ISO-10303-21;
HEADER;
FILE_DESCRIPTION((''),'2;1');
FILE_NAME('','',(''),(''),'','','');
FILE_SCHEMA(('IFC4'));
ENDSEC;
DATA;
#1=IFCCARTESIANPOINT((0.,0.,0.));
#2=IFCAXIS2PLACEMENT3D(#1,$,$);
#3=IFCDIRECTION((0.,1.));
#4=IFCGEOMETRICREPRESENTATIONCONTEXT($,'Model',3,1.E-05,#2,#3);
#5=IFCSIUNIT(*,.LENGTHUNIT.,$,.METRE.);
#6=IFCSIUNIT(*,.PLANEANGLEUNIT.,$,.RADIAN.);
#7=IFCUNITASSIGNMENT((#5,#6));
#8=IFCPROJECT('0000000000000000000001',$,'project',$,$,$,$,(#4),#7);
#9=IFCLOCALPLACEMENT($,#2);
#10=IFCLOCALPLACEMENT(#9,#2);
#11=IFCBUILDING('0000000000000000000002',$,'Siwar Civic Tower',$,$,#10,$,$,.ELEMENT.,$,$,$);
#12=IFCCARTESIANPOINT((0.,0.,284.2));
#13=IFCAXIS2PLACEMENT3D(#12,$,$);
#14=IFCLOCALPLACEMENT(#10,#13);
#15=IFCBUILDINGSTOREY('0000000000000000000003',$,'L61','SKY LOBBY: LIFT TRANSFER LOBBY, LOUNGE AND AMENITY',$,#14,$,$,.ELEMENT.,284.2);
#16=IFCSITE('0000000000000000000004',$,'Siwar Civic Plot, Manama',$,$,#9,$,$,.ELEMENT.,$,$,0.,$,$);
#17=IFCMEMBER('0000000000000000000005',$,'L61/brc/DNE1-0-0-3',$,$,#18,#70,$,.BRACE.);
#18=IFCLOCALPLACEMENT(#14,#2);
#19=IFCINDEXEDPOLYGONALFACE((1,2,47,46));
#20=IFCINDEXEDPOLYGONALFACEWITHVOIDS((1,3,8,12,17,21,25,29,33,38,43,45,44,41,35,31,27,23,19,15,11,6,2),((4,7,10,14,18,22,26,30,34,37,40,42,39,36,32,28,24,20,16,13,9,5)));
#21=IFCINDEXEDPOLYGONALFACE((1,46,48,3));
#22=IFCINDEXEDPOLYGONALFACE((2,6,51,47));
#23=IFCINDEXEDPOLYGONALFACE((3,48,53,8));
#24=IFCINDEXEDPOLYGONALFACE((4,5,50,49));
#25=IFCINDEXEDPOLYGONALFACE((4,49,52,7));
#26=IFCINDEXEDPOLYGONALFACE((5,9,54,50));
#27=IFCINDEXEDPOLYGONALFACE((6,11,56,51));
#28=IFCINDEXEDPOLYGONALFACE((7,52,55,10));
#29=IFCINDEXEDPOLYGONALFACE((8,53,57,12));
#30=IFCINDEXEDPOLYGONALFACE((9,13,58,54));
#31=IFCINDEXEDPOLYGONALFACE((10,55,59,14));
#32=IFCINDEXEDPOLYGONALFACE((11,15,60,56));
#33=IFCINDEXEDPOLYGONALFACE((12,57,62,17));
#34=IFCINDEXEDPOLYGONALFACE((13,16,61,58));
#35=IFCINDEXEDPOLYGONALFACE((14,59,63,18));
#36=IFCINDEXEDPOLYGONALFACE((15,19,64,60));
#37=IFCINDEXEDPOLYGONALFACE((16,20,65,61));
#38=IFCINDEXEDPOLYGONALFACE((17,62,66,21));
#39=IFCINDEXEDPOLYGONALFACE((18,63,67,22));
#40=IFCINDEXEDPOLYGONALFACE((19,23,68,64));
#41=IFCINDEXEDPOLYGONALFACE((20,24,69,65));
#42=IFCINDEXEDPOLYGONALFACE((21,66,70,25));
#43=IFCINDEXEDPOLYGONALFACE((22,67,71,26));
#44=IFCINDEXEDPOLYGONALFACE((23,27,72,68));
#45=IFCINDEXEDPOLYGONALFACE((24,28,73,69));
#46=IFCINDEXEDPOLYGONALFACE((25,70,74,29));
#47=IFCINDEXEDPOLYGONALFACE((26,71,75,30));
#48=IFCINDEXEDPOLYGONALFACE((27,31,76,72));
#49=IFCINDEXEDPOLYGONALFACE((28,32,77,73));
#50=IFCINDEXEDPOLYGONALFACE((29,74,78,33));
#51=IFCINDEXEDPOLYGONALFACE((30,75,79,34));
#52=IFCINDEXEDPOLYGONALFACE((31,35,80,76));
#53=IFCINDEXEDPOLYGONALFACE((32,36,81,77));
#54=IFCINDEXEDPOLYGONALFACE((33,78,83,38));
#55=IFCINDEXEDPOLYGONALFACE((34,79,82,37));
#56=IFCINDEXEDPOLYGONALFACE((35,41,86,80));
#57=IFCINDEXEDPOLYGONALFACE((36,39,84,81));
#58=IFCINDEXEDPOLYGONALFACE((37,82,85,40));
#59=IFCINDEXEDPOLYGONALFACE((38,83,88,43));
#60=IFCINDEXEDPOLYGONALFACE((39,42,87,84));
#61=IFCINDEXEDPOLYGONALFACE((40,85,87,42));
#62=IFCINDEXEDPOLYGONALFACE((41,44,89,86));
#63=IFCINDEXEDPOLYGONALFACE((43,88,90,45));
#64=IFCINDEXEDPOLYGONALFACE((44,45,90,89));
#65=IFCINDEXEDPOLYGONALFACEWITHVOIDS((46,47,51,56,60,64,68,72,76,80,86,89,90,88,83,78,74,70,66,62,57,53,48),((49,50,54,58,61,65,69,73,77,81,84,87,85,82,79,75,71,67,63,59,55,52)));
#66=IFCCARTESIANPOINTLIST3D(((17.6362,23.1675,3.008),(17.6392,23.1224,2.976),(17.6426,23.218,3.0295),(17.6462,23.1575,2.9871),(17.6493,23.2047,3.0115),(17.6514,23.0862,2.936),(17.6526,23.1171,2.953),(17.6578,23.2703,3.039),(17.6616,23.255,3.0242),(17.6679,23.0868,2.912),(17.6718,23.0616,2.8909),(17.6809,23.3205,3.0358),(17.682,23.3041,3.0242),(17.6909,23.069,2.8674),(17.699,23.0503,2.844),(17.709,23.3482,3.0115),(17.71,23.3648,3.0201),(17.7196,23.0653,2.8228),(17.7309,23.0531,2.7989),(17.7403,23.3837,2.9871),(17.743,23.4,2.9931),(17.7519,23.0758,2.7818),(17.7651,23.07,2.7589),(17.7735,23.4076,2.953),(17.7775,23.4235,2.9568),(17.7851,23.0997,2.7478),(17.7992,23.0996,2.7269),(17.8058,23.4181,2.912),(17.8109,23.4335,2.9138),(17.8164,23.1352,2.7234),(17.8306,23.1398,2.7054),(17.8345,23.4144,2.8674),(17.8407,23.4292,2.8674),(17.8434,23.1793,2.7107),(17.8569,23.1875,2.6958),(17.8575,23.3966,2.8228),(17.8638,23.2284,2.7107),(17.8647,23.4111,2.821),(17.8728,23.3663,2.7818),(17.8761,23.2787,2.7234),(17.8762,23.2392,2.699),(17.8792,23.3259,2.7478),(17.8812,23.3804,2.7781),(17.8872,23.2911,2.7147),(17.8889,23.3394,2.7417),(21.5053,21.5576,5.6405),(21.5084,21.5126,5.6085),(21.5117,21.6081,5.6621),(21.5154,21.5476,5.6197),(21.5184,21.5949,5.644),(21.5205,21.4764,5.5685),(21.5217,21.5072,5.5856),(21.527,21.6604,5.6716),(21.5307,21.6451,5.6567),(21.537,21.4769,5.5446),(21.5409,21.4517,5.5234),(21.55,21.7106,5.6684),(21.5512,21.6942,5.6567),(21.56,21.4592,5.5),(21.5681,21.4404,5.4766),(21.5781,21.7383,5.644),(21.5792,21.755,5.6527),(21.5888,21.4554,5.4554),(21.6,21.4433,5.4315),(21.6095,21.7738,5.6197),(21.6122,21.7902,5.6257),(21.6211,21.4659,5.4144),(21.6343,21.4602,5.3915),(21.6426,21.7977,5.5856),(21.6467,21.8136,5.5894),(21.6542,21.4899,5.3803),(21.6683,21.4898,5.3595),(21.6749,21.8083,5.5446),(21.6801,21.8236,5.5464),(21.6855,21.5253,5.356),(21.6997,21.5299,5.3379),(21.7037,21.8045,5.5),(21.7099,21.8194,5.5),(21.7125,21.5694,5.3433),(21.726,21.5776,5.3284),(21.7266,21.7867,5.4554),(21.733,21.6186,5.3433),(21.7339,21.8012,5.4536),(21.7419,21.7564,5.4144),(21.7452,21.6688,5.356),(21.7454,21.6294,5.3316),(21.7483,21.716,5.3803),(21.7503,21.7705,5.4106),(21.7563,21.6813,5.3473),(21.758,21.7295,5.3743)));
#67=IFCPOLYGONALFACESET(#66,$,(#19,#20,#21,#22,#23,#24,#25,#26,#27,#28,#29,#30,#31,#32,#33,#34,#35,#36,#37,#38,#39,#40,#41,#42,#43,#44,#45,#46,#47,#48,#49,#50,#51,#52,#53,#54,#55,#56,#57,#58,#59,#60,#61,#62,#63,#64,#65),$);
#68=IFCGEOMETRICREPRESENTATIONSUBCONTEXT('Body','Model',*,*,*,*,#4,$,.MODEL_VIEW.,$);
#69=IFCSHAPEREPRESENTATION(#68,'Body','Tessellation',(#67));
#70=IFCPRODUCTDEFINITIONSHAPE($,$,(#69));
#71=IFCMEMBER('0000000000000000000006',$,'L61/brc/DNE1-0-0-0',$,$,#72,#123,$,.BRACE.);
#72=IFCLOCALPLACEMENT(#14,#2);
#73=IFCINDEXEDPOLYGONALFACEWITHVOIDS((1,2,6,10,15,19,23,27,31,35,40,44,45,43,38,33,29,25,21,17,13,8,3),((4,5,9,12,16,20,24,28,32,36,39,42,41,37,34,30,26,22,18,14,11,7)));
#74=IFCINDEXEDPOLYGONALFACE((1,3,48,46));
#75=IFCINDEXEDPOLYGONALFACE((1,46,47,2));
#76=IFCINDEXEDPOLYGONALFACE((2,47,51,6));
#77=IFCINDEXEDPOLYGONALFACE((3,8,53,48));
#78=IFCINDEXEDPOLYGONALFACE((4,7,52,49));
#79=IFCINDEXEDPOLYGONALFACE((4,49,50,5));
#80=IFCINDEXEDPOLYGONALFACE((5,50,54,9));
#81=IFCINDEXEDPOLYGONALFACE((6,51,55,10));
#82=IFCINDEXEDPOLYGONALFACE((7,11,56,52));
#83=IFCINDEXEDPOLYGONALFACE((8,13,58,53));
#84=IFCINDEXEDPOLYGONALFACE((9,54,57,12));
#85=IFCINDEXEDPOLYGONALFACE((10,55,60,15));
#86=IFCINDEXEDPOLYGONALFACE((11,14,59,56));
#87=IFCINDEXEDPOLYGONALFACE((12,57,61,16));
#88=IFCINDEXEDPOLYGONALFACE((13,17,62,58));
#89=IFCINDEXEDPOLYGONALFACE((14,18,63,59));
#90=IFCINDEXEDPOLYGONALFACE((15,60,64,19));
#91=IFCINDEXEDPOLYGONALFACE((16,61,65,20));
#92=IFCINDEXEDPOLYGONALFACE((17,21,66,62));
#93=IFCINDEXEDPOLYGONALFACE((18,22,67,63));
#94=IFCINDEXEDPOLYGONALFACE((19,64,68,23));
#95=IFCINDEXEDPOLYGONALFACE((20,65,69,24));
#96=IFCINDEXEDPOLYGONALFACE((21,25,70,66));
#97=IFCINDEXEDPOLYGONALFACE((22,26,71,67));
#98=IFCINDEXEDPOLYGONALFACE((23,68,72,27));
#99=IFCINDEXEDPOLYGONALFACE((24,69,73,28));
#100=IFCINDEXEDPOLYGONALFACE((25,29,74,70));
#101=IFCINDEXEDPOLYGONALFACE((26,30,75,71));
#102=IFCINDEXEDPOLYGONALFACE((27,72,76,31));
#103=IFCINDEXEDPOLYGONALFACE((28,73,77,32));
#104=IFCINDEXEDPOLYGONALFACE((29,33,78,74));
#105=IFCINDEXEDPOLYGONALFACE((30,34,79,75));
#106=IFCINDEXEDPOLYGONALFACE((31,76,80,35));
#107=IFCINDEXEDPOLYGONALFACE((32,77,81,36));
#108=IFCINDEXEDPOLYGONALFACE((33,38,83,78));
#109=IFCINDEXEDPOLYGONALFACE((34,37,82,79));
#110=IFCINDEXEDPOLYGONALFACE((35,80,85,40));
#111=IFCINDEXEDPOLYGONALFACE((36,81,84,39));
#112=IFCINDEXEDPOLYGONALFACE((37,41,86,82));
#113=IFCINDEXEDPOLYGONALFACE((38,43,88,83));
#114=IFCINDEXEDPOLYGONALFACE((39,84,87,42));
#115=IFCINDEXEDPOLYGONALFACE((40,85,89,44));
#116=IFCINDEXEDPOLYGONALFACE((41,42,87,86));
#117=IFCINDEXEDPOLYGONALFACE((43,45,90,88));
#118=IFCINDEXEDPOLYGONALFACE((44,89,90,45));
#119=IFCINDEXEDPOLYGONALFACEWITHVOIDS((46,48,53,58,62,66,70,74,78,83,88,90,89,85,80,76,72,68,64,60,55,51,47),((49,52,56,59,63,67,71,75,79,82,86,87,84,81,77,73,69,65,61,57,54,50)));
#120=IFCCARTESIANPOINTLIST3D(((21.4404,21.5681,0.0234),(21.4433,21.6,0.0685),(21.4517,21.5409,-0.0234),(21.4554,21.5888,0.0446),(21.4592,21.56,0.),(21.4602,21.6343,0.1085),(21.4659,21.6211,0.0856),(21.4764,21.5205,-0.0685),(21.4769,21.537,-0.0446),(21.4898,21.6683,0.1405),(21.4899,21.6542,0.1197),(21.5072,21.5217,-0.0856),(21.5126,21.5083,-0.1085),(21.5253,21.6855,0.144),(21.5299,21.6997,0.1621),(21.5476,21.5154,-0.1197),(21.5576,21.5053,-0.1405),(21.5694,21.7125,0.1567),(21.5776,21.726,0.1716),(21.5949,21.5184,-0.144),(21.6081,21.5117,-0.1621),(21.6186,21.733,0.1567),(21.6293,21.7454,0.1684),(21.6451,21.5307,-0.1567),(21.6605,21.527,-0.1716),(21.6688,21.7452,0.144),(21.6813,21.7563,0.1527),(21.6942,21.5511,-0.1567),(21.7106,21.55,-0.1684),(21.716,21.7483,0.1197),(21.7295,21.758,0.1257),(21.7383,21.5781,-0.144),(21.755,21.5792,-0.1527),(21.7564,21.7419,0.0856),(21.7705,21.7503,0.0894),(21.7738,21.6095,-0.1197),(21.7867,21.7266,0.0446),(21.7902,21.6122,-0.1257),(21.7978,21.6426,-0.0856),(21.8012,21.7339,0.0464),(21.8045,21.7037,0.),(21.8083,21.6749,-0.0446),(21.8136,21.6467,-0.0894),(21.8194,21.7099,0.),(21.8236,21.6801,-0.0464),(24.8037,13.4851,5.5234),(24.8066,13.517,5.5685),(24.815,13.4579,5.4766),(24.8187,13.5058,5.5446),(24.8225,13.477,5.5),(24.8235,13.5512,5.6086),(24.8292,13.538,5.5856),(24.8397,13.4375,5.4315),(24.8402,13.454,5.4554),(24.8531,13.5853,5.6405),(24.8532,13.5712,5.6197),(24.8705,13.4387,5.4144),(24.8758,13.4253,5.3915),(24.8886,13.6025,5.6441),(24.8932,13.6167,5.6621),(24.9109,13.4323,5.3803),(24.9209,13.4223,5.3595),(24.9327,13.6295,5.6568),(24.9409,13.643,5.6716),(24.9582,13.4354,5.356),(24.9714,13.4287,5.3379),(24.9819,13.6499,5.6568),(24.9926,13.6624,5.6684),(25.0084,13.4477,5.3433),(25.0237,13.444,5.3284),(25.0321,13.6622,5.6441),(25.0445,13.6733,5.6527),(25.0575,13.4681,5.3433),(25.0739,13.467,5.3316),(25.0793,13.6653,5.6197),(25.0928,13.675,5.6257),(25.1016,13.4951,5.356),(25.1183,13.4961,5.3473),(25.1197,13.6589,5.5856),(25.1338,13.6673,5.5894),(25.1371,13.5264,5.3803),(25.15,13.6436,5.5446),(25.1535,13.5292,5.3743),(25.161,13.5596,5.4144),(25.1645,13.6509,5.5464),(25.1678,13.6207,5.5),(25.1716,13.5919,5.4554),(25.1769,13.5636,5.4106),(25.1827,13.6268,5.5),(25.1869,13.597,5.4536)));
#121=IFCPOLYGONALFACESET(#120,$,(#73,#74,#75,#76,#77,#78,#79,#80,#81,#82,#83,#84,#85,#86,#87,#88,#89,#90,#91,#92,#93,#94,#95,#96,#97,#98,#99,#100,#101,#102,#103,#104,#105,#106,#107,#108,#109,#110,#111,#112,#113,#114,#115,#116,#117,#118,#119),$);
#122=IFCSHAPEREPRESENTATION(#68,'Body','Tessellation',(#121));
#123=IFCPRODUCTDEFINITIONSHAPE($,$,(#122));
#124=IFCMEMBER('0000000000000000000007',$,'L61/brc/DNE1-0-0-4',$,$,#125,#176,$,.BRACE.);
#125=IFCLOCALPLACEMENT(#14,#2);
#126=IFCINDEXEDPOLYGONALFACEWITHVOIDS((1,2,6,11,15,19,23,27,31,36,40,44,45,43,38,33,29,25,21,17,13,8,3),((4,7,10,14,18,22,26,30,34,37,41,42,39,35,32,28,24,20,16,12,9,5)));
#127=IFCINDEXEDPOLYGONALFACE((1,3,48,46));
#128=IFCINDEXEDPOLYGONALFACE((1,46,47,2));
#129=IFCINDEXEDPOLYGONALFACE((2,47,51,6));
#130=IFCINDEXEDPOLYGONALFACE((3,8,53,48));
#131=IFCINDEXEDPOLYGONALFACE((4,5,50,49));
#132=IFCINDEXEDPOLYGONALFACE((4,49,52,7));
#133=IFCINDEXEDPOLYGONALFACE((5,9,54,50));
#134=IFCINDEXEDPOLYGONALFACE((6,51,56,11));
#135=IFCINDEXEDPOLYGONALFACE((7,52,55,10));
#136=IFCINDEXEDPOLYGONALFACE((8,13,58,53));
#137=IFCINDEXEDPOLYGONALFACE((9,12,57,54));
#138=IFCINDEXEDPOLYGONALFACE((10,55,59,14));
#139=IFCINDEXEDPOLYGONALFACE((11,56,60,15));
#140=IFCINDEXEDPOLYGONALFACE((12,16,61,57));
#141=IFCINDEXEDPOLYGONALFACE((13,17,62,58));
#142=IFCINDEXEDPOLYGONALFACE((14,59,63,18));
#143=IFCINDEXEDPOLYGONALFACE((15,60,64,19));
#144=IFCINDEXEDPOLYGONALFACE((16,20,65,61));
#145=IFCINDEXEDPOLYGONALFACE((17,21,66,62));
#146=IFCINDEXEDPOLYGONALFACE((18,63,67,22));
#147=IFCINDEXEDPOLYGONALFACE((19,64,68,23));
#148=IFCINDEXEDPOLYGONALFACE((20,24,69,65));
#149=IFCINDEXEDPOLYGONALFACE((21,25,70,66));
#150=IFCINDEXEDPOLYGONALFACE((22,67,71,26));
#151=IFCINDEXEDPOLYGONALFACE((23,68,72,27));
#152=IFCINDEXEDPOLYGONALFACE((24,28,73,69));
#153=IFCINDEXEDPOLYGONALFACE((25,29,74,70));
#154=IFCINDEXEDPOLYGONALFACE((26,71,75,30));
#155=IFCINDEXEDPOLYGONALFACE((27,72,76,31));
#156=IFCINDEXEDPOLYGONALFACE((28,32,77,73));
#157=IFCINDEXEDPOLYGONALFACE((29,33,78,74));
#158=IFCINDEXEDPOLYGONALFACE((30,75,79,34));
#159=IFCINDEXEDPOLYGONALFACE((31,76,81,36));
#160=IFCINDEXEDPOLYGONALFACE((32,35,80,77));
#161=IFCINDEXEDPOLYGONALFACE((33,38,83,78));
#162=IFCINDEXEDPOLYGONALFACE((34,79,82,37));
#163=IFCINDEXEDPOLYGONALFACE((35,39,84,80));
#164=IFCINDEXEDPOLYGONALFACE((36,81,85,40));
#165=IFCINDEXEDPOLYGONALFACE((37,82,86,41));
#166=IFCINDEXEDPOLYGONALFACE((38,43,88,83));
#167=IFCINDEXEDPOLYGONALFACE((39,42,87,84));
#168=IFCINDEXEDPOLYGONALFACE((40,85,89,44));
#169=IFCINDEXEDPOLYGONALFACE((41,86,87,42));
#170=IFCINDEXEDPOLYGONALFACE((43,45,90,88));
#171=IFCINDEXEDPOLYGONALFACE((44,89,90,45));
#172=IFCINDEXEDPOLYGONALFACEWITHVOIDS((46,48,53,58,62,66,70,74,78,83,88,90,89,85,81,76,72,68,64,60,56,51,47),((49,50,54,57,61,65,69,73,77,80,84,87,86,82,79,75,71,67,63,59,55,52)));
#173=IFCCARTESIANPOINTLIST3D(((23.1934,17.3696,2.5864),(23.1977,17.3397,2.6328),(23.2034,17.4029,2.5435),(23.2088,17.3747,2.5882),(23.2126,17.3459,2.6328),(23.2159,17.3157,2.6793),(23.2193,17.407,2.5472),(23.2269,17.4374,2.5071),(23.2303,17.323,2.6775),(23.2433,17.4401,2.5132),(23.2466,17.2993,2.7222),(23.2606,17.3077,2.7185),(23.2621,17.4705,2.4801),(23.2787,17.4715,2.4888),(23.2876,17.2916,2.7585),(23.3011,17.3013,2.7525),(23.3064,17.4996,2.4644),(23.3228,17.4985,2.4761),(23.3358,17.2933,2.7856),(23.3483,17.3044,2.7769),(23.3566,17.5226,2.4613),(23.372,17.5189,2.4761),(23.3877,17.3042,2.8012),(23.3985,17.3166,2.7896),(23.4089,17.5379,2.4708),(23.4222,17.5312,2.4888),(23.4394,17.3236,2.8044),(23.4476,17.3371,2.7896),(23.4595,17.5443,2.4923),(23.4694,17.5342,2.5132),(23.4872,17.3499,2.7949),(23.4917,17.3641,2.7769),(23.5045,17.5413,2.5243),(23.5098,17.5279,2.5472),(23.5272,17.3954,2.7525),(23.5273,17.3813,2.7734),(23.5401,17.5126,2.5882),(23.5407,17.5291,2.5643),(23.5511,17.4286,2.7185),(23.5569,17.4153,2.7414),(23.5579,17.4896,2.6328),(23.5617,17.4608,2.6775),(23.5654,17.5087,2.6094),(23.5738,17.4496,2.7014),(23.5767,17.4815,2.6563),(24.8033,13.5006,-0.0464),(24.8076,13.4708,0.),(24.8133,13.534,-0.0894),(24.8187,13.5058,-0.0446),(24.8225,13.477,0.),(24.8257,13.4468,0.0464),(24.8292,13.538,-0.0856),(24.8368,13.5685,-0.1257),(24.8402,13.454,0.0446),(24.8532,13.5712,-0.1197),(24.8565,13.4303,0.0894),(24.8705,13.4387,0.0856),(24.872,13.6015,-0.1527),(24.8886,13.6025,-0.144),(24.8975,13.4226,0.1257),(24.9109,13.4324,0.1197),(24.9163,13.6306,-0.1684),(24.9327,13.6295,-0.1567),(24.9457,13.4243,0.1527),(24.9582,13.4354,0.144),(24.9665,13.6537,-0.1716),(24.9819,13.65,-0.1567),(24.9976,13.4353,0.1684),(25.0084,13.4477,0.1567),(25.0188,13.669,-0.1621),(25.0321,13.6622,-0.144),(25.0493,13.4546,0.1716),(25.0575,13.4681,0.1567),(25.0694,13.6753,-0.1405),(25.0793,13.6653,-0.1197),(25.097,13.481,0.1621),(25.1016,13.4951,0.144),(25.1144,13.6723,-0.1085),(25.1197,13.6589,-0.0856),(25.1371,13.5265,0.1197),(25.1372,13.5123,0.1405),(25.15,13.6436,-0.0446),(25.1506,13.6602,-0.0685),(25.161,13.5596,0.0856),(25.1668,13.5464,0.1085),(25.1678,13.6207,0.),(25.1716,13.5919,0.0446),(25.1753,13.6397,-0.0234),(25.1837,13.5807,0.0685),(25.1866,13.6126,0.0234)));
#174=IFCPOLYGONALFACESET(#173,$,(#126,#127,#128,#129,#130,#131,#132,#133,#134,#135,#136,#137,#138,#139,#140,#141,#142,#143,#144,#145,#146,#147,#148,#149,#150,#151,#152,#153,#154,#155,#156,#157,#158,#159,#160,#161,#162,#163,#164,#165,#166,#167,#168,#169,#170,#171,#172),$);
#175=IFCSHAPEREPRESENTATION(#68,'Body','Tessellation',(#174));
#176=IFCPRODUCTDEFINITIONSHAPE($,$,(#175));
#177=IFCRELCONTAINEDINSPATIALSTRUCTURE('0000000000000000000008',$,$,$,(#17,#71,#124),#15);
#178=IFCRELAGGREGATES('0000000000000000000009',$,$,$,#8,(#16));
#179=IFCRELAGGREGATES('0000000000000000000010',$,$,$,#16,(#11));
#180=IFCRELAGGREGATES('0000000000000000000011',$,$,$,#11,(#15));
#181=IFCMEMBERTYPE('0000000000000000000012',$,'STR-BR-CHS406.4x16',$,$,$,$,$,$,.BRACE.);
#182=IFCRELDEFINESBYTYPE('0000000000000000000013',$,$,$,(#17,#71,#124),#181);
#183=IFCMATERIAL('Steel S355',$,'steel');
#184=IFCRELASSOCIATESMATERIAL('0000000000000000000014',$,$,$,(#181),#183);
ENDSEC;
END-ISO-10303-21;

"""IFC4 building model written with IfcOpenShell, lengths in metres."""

from ifc_helpers import new_model, si_unit, direction, frame, origin, origin_2d, place, context, subcontext, project, spatial, hollow_circle, extrude, material, material_profile, profile_set, type_object, element, save


model = new_model("IFC4")

# Units and contexts
model_context = context("Model", 3, precision=1e-05, world=origin(), true_north=direction((0.0, 1.0)))
body_context = subcontext(model_context, "Body", "Model", "MODEL_VIEW")
ifc_project = project(units=[si_unit("LENGTHUNIT", "METRE"), si_unit("PLANEANGLEUNIT", "RADIAN")], contexts=[model_context])

# Site, building, storey
site_placement = place(None, origin())
site = spatial("IfcSite", under=ifc_project, at=site_placement, Name="Siwar Civic Plot, Manama", CompositionType="ELEMENT", RefElevation=0.0)
building_placement = place(site_placement, origin())
building = spatial("IfcBuilding", under=site, at=building_placement, Name="Siwar Civic Tower", CompositionType="ELEMENT")
storey_placement = place(building_placement, frame((0.0, 0.0, 284.2)))
storey = spatial("IfcBuildingStorey", under=building, at=storey_placement, Name="L61", Description="SKY LOBBY: LIFT TRANSFER LOBBY, LOUNGE AND AMENITY", CompositionType="ELEMENT", Elevation=284.2)

# Members
ifc_material_1 = material(Name="Steel S355", Category="steel")
ifc_material_profile_1 = material_profile(ifc_material_1, hollow_circle(Radius=0.2031, WallThickness=0.0161, at=origin_2d()), Name="CHS406.4x16")
ifc_profile_set_1 = profile_set([ifc_material_profile_1], Name="Steel S355")
member_type_1 = type_object("IfcMemberType", Name="STR-BR-CHS406.4x16", PredefinedType="BRACE", material=ifc_profile_set_1)
member_1_placement = place(storey_placement, frame((17.7627, 23.2417, 2.8674), z_axis=(0.781807, -0.325292, 0.531942), x_axis=(0.384152, 0.92327, 0.0)))
element("IfcMember", 1, at=member_1_placement, inside=storey, type_object=member_type_1, Name="L61/brc/DNE1-0-0-3", PredefinedType="BRACE", context=body_context, shape_type="SweptSolid", body=[
    extrude(hollow_circle(Radius=0.2031, WallThickness=0.0161, at=origin_2d()), origin(), (0.0, 0.0, 1.0), 4.949),
])
member_2_placement = place(storey_placement, frame((21.6318, 21.6318, 0.0), z_axis=(0.325298, -0.781791, 0.531962), x_axis=(0.923265, 0.384164, 0.0)))
element("IfcMember", 2, at=member_2_placement, inside=storey, type_object=member_type_1, Name="L61/brc/DNE1-0-0-0", PredefinedType="BRACE", context=body_context, shape_type="SweptSolid", body=[
    extrude(hollow_circle(Radius=0.2031, WallThickness=0.0161, at=origin_2d()), origin(), (0.0, 0.0, 1.0), 10.3391),
])
for number, where, z_axis, x_axis, name in (
    (3, (24.9951, 13.5488, 0.0), (-0.325296, 0.781767, 0.531998), (-0.923261, -0.384173, 0.0), "L61/brc/DNE1-0-0-4"),
):
    element("IfcMember", number, at=place(storey_placement, frame(where, z_axis=z_axis, x_axis=x_axis)), inside=storey, type_object=member_type_1, Name=name, PredefinedType="BRACE", context=body_context, shape_type="SweptSolid", body=[
        extrude(hollow_circle(Radius=0.2031, WallThickness=0.0161, at=origin_2d()), origin(), (0.0, 0.0, 1.0), 4.949),
    ])

save(model, "model.ifc")
